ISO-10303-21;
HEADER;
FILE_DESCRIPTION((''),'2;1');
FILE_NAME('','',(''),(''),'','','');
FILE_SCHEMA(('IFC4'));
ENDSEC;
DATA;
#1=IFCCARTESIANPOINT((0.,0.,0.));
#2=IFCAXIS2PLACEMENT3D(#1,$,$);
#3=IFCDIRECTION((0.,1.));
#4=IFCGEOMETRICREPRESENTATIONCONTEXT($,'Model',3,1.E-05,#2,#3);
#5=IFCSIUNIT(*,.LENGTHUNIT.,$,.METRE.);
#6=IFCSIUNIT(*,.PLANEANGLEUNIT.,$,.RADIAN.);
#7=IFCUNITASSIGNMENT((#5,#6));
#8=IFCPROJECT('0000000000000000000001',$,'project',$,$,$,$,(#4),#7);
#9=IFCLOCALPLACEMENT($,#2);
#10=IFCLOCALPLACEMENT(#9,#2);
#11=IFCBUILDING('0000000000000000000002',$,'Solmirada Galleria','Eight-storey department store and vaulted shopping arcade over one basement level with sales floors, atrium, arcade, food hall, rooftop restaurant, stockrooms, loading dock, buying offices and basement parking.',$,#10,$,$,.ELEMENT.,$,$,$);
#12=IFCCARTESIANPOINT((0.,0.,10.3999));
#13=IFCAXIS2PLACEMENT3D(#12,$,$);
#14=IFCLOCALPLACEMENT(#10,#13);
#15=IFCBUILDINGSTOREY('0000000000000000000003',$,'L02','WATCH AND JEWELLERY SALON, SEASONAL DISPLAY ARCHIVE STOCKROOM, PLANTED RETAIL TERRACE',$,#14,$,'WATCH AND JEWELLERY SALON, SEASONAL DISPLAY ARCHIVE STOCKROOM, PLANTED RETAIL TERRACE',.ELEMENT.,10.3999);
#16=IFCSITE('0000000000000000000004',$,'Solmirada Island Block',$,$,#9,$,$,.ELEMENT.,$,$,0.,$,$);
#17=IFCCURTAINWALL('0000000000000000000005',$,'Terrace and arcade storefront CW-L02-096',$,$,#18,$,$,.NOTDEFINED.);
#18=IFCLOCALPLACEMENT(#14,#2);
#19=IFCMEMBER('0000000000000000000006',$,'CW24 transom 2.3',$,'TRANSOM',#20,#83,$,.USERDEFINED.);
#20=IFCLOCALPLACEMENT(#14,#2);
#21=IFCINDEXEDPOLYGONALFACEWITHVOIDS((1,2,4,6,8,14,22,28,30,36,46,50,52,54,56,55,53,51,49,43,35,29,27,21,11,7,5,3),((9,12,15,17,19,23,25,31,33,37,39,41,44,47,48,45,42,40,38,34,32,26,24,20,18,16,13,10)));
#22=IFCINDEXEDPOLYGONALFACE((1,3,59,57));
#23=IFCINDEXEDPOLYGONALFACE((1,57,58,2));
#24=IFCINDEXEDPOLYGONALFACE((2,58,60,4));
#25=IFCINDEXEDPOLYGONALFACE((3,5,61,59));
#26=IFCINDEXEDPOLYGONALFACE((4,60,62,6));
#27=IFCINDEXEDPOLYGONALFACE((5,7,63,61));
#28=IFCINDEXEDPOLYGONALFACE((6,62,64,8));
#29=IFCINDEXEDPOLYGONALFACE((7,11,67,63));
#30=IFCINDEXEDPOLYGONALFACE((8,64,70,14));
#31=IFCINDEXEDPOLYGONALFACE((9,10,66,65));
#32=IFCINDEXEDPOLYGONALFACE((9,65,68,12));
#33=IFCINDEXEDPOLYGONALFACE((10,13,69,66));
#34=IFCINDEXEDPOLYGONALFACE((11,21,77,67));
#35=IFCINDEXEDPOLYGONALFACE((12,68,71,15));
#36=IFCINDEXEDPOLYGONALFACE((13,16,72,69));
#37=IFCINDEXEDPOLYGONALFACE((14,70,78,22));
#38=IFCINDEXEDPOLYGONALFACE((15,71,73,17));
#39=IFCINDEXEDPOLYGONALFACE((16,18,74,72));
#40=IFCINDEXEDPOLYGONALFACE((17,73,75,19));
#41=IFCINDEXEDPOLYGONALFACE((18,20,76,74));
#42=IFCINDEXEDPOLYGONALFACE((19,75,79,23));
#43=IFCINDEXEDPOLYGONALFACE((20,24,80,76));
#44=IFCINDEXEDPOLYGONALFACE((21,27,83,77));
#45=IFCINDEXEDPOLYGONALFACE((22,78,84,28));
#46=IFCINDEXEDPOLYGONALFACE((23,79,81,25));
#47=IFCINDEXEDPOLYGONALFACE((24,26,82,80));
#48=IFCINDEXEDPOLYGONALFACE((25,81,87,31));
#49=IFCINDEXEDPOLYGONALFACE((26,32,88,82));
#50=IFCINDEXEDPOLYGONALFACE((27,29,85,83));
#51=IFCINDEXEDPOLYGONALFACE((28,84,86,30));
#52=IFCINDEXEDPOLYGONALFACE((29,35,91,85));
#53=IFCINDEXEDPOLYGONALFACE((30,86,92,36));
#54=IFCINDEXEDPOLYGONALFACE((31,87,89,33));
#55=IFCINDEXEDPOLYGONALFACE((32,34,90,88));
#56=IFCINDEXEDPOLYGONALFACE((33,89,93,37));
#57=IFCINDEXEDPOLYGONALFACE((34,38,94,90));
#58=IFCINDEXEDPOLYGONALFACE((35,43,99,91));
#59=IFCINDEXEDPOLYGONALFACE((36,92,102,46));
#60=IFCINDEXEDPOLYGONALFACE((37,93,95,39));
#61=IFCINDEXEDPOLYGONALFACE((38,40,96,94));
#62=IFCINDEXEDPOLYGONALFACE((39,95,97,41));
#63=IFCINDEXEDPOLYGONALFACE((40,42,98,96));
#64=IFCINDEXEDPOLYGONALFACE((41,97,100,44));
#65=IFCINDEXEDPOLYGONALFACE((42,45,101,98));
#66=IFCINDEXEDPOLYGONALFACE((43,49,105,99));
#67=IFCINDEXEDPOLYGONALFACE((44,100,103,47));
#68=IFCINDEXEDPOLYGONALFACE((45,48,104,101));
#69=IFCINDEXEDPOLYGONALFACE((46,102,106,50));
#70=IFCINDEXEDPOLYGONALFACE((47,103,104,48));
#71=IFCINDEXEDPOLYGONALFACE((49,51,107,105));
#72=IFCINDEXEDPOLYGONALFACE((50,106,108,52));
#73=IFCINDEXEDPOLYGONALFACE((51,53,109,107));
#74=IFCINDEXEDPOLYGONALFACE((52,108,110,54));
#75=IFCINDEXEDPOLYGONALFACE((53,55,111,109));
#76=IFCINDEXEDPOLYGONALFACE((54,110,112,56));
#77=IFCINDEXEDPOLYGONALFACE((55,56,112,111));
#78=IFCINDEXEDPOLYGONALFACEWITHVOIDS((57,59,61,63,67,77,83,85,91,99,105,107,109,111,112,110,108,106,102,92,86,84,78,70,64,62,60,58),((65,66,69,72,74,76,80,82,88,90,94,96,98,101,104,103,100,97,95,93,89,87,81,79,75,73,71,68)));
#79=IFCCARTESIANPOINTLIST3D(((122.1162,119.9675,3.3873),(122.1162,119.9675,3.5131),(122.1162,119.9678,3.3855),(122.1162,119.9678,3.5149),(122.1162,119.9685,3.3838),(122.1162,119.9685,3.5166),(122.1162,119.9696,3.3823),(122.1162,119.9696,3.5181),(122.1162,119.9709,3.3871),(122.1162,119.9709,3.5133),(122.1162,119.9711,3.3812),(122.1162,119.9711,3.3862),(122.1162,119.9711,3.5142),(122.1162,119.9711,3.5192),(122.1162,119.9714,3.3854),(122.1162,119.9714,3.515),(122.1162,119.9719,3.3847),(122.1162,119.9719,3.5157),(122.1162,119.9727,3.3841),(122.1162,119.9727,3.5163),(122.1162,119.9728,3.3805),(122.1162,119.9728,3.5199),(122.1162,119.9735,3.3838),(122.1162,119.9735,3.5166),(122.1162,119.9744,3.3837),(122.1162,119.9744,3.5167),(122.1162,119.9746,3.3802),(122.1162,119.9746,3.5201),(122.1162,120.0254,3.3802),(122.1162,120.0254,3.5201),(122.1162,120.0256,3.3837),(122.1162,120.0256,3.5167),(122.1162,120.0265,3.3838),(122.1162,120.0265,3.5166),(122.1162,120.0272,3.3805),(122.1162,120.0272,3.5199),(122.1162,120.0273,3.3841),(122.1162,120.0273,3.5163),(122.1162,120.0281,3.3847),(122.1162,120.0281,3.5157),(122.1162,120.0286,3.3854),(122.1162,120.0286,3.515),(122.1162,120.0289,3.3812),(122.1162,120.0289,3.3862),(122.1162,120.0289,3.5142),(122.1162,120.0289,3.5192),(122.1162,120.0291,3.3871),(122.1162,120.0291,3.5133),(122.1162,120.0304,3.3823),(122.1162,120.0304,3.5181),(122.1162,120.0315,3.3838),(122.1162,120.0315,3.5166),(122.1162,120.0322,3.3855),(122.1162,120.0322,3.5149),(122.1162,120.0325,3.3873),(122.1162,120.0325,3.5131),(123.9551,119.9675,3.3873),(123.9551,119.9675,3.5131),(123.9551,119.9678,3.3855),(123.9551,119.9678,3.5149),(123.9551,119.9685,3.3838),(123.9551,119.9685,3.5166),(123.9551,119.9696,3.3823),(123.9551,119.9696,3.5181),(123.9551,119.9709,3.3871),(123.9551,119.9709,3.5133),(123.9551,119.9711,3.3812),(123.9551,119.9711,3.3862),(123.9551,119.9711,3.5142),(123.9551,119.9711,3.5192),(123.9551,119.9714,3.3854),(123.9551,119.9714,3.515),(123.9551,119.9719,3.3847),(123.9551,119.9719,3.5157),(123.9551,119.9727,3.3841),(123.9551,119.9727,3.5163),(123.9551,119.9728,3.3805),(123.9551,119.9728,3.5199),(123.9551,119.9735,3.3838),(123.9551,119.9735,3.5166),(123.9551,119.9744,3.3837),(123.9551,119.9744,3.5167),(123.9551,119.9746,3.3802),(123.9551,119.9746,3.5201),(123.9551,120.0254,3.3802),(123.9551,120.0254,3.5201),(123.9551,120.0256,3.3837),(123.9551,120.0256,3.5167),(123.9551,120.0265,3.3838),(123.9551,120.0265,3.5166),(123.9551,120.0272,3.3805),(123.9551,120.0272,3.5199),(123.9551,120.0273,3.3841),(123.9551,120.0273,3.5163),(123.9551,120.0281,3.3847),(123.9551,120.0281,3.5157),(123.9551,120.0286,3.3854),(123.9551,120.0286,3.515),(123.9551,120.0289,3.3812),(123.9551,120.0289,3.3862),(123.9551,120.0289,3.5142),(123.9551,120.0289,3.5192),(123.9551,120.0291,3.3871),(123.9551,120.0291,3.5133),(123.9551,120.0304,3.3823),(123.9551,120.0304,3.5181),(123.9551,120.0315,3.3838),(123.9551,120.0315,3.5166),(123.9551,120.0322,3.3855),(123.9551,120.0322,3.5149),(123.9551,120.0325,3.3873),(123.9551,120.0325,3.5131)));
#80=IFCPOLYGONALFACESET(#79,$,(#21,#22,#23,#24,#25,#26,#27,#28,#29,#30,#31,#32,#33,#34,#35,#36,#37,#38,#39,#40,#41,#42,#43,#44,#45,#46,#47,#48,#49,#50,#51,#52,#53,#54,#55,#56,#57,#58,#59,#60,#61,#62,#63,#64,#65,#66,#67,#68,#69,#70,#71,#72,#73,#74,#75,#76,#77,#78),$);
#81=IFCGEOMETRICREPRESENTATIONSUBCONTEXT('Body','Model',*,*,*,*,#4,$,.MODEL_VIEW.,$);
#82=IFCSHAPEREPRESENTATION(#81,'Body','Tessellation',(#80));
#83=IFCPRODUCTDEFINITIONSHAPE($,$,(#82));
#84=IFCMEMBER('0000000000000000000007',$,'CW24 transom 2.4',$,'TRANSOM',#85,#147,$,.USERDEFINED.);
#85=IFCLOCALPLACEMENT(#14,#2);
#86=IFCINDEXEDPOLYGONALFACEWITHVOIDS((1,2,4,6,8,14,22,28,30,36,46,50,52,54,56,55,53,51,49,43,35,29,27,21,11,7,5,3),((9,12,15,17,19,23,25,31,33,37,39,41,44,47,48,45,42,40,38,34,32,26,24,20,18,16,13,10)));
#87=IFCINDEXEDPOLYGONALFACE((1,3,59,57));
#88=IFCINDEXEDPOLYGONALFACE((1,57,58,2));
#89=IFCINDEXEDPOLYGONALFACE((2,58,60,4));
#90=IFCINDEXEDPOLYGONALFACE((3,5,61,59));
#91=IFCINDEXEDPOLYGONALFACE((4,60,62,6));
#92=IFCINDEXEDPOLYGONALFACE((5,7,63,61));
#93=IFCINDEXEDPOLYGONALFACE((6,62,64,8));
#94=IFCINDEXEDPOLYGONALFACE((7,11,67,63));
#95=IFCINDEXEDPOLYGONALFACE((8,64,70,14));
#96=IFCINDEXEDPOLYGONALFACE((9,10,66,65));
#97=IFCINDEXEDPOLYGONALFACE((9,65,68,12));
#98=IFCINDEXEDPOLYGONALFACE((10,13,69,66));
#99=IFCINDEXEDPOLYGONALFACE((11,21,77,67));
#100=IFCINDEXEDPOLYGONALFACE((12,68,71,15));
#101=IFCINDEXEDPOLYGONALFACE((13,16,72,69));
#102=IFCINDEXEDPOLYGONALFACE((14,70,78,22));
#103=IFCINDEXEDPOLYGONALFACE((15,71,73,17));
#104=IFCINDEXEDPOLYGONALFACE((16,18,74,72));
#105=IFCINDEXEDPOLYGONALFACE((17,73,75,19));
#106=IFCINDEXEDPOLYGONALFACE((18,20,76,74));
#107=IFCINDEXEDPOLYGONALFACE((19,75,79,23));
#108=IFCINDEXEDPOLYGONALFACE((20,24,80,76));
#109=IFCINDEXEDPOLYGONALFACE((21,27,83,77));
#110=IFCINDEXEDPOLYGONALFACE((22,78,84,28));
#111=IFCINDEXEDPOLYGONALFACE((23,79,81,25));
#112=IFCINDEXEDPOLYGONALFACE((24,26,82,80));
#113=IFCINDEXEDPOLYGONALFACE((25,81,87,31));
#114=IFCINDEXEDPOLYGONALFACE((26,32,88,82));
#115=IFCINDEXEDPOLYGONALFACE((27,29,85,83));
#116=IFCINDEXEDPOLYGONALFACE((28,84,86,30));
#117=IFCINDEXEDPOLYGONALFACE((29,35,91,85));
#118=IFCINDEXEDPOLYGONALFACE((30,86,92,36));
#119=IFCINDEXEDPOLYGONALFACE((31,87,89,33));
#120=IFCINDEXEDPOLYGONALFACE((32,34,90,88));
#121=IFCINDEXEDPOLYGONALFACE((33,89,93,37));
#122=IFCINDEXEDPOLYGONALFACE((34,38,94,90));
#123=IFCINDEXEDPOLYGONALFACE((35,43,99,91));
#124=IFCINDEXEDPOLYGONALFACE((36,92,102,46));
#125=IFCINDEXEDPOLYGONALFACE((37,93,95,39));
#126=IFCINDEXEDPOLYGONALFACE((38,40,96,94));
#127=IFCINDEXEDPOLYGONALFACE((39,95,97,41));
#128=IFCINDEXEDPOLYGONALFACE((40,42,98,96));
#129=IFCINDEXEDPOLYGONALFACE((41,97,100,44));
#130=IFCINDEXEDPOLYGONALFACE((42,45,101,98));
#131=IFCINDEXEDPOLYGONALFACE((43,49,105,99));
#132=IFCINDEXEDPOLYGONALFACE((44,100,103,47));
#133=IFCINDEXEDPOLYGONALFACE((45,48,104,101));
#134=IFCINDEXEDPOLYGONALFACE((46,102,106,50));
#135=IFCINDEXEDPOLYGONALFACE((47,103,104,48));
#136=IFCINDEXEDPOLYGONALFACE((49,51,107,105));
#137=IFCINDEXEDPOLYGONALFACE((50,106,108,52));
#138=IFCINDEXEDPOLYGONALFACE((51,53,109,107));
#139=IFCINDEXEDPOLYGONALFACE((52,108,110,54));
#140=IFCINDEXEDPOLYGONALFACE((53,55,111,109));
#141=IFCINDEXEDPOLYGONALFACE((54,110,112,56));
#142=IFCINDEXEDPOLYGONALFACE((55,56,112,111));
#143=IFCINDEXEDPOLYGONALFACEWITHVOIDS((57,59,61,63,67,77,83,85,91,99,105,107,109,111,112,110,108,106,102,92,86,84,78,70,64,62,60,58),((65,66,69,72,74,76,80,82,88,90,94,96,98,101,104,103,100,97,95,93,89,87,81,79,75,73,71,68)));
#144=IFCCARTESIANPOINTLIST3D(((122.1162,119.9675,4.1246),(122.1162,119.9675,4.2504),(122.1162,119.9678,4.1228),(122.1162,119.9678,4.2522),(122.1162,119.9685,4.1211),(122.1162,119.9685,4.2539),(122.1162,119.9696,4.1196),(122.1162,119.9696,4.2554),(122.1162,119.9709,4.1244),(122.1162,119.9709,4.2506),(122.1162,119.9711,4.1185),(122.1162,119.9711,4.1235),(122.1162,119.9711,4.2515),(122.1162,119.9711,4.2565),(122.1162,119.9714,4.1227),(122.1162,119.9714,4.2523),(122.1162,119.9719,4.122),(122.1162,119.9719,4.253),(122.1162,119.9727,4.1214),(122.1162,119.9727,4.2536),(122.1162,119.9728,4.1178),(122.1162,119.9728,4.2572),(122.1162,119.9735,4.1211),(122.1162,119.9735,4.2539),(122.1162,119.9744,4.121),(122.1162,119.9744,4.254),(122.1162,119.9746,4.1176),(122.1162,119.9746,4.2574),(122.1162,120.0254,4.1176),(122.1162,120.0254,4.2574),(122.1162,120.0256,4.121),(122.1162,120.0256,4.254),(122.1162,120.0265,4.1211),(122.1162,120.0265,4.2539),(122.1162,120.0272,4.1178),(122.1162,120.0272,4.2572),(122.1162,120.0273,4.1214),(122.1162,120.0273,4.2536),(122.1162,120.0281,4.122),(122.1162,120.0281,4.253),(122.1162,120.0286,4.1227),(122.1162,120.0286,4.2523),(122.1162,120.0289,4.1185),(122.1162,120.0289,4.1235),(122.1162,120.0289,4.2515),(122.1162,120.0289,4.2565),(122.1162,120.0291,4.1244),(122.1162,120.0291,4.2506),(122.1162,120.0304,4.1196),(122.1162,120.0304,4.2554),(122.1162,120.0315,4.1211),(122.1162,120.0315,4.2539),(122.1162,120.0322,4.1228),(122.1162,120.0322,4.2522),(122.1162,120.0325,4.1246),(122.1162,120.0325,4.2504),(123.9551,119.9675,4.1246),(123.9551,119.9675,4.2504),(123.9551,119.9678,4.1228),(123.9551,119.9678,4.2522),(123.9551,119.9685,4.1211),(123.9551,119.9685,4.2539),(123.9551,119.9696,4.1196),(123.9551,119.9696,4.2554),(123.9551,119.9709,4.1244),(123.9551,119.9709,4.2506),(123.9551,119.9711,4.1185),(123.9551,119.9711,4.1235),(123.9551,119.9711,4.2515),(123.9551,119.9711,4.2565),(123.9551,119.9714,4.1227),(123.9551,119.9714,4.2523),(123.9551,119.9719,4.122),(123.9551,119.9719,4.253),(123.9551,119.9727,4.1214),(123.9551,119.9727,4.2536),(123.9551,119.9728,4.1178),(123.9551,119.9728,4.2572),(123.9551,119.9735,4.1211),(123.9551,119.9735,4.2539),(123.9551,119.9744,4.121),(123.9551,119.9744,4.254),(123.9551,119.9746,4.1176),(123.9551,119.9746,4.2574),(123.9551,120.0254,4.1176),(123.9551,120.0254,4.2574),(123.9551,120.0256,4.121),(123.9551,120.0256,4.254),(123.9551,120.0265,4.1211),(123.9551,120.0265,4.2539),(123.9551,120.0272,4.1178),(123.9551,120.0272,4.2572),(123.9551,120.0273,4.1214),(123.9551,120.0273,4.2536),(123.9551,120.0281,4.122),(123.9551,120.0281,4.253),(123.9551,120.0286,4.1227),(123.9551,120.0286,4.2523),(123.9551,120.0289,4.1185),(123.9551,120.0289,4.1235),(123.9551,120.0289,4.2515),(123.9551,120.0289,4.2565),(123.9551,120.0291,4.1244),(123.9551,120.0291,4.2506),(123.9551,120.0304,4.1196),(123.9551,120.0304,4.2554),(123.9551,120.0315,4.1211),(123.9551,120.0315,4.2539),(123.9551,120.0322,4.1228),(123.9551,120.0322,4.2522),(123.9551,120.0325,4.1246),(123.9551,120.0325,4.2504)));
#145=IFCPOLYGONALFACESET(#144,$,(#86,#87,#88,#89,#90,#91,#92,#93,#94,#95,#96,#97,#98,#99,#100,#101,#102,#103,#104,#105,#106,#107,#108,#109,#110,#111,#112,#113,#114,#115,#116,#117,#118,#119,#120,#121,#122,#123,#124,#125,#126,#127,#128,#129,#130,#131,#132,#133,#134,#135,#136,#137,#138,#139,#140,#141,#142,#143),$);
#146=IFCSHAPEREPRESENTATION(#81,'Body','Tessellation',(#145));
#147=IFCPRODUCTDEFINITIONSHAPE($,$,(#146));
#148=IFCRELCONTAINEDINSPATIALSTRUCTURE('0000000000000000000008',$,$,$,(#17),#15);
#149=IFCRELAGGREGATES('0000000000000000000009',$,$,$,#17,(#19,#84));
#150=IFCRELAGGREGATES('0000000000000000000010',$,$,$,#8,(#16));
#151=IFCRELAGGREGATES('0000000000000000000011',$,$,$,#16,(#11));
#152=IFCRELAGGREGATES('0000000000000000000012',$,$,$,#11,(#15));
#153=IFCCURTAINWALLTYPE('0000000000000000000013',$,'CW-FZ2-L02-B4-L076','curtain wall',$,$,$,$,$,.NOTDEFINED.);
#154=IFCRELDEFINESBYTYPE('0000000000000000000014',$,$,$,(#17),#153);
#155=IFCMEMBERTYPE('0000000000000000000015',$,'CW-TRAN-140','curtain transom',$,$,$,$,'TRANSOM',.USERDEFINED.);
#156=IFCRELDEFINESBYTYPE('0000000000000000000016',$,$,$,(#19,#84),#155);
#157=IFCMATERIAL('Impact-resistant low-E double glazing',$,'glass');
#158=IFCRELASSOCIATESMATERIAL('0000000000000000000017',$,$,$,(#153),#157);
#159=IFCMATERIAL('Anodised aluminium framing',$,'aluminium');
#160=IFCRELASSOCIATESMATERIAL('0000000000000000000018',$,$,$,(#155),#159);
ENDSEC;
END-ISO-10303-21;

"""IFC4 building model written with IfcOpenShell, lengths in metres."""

from ifc_helpers import new_model, si_unit, direction, frame, origin, origin_2d, place, context, subcontext, project, spatial, hollow_rectangle, extrude, material, material_profile, profile_set, type_object, element, aggregate, save


model = new_model("IFC4")

# Units and contexts
model_context = context("Model", 3, precision=1e-05, world=origin(), true_north=direction((0.0, 1.0)))
body_context = subcontext(model_context, "Body", "Model", "MODEL_VIEW")
ifc_project = project(units=[si_unit("LENGTHUNIT", "METRE"), si_unit("PLANEANGLEUNIT", "RADIAN")], contexts=[model_context])

# Site, building, storey
site_placement = place(None, origin())
site = spatial("IfcSite", under=ifc_project, at=site_placement, Name="Solmirada Island Block", CompositionType="ELEMENT", RefElevation=0.0)
building_placement = place(site_placement, origin())
building = spatial("IfcBuilding", under=site, at=building_placement, Name="Solmirada Galleria", Description="Eight-storey department store and vaulted shopping arcade over one basement level with sales floors, atrium, arcade, food hall, rooftop restaurant, stockrooms, loading dock, buying offices and basement parking.", CompositionType="ELEMENT")
storey_placement = place(building_placement, frame((0.0, 0.0, 10.3999)))
storey = spatial("IfcBuildingStorey", under=building, at=storey_placement, Name="L02", Description="WATCH AND JEWELLERY SALON, SEASONAL DISPLAY ARCHIVE STOCKROOM, PLANTED RETAIL TERRACE", LongName="WATCH AND JEWELLERY SALON, SEASONAL DISPLAY ARCHIVE STOCKROOM, PLANTED RETAIL TERRACE", CompositionType="ELEMENT", Elevation=10.3999)

# Shared definitions
ifc_material_1 = material(Name="Impact-resistant low-E double glazing", Category="glass")
ifc_material_2 = material(Name="Anodised aluminium framing", Category="aluminium")

# Curtain wall, members
curtain_wall_type_1 = type_object("IfcCurtainWallType", Name="CW-FZ2-L02-B4-L076", Description="curtain wall", PredefinedType="NOTDEFINED", material=ifc_material_1)
curtain_wall_1_placement = place(storey_placement, origin())
curtain_wall_1 = element("IfcCurtainWall", 1, at=curtain_wall_1_placement, inside=storey, type_object=curtain_wall_type_1, Name="Terrace and arcade storefront CW-L02-096", PredefinedType="NOTDEFINED")
ifc_material_profile_1 = material_profile(ifc_material_2, hollow_rectangle(XDim=0.0649, YDim=0.1399, WallThickness=0.0034, InnerFilletRadius=0.0034, OuterFilletRadius=0.0071, at=origin_2d()), Name="ALU-TRAN-140X65")
ifc_profile_set_1 = profile_set([ifc_material_profile_1], Name="Anodised aluminium framing")
member_type_1 = type_object("IfcMemberType", Name="CW-TRAN-140", Description="curtain transom", ElementType="TRANSOM", PredefinedType="USERDEFINED", material=ifc_profile_set_1)
member_1_placement = place(storey_placement, frame((122.1162, 120.0, 3.4502), z_axis=(1.0, 0.0, 0.0), x_axis=(0.0, 1.0, 0.0)))
member_1 = element("IfcMember", 2, at=member_1_placement, type_object=member_type_1, Name="CW24 transom 2.3", ObjectType="TRANSOM", PredefinedType="USERDEFINED", context=body_context, shape_type="SweptSolid", body=[
    extrude(hollow_rectangle(XDim=0.0649, YDim=0.1399, WallThickness=0.0034, InnerFilletRadius=0.0034, OuterFilletRadius=0.0071, at=origin_2d()), origin(), (0.0, 0.0, 1.0), 1.8389),
])
member_2_placement = place(storey_placement, frame((122.1162, 120.0, 4.1875), z_axis=(1.0, 0.0, 0.0), x_axis=(0.0, 1.0, 0.0)))
member_2 = element("IfcMember", 3, at=member_2_placement, type_object=member_type_1, Name="CW24 transom 2.4", ObjectType="TRANSOM", PredefinedType="USERDEFINED", context=body_context, shape_type="SweptSolid", body=[
    extrude(hollow_rectangle(XDim=0.0649, YDim=0.1399, WallThickness=0.0034, InnerFilletRadius=0.0034, OuterFilletRadius=0.0071, at=origin_2d()), origin(), (0.0, 0.0, 1.0), 1.8389),
])
aggregate(curtain_wall_1, [member_1, member_2])

save(model, "model.ifc")
